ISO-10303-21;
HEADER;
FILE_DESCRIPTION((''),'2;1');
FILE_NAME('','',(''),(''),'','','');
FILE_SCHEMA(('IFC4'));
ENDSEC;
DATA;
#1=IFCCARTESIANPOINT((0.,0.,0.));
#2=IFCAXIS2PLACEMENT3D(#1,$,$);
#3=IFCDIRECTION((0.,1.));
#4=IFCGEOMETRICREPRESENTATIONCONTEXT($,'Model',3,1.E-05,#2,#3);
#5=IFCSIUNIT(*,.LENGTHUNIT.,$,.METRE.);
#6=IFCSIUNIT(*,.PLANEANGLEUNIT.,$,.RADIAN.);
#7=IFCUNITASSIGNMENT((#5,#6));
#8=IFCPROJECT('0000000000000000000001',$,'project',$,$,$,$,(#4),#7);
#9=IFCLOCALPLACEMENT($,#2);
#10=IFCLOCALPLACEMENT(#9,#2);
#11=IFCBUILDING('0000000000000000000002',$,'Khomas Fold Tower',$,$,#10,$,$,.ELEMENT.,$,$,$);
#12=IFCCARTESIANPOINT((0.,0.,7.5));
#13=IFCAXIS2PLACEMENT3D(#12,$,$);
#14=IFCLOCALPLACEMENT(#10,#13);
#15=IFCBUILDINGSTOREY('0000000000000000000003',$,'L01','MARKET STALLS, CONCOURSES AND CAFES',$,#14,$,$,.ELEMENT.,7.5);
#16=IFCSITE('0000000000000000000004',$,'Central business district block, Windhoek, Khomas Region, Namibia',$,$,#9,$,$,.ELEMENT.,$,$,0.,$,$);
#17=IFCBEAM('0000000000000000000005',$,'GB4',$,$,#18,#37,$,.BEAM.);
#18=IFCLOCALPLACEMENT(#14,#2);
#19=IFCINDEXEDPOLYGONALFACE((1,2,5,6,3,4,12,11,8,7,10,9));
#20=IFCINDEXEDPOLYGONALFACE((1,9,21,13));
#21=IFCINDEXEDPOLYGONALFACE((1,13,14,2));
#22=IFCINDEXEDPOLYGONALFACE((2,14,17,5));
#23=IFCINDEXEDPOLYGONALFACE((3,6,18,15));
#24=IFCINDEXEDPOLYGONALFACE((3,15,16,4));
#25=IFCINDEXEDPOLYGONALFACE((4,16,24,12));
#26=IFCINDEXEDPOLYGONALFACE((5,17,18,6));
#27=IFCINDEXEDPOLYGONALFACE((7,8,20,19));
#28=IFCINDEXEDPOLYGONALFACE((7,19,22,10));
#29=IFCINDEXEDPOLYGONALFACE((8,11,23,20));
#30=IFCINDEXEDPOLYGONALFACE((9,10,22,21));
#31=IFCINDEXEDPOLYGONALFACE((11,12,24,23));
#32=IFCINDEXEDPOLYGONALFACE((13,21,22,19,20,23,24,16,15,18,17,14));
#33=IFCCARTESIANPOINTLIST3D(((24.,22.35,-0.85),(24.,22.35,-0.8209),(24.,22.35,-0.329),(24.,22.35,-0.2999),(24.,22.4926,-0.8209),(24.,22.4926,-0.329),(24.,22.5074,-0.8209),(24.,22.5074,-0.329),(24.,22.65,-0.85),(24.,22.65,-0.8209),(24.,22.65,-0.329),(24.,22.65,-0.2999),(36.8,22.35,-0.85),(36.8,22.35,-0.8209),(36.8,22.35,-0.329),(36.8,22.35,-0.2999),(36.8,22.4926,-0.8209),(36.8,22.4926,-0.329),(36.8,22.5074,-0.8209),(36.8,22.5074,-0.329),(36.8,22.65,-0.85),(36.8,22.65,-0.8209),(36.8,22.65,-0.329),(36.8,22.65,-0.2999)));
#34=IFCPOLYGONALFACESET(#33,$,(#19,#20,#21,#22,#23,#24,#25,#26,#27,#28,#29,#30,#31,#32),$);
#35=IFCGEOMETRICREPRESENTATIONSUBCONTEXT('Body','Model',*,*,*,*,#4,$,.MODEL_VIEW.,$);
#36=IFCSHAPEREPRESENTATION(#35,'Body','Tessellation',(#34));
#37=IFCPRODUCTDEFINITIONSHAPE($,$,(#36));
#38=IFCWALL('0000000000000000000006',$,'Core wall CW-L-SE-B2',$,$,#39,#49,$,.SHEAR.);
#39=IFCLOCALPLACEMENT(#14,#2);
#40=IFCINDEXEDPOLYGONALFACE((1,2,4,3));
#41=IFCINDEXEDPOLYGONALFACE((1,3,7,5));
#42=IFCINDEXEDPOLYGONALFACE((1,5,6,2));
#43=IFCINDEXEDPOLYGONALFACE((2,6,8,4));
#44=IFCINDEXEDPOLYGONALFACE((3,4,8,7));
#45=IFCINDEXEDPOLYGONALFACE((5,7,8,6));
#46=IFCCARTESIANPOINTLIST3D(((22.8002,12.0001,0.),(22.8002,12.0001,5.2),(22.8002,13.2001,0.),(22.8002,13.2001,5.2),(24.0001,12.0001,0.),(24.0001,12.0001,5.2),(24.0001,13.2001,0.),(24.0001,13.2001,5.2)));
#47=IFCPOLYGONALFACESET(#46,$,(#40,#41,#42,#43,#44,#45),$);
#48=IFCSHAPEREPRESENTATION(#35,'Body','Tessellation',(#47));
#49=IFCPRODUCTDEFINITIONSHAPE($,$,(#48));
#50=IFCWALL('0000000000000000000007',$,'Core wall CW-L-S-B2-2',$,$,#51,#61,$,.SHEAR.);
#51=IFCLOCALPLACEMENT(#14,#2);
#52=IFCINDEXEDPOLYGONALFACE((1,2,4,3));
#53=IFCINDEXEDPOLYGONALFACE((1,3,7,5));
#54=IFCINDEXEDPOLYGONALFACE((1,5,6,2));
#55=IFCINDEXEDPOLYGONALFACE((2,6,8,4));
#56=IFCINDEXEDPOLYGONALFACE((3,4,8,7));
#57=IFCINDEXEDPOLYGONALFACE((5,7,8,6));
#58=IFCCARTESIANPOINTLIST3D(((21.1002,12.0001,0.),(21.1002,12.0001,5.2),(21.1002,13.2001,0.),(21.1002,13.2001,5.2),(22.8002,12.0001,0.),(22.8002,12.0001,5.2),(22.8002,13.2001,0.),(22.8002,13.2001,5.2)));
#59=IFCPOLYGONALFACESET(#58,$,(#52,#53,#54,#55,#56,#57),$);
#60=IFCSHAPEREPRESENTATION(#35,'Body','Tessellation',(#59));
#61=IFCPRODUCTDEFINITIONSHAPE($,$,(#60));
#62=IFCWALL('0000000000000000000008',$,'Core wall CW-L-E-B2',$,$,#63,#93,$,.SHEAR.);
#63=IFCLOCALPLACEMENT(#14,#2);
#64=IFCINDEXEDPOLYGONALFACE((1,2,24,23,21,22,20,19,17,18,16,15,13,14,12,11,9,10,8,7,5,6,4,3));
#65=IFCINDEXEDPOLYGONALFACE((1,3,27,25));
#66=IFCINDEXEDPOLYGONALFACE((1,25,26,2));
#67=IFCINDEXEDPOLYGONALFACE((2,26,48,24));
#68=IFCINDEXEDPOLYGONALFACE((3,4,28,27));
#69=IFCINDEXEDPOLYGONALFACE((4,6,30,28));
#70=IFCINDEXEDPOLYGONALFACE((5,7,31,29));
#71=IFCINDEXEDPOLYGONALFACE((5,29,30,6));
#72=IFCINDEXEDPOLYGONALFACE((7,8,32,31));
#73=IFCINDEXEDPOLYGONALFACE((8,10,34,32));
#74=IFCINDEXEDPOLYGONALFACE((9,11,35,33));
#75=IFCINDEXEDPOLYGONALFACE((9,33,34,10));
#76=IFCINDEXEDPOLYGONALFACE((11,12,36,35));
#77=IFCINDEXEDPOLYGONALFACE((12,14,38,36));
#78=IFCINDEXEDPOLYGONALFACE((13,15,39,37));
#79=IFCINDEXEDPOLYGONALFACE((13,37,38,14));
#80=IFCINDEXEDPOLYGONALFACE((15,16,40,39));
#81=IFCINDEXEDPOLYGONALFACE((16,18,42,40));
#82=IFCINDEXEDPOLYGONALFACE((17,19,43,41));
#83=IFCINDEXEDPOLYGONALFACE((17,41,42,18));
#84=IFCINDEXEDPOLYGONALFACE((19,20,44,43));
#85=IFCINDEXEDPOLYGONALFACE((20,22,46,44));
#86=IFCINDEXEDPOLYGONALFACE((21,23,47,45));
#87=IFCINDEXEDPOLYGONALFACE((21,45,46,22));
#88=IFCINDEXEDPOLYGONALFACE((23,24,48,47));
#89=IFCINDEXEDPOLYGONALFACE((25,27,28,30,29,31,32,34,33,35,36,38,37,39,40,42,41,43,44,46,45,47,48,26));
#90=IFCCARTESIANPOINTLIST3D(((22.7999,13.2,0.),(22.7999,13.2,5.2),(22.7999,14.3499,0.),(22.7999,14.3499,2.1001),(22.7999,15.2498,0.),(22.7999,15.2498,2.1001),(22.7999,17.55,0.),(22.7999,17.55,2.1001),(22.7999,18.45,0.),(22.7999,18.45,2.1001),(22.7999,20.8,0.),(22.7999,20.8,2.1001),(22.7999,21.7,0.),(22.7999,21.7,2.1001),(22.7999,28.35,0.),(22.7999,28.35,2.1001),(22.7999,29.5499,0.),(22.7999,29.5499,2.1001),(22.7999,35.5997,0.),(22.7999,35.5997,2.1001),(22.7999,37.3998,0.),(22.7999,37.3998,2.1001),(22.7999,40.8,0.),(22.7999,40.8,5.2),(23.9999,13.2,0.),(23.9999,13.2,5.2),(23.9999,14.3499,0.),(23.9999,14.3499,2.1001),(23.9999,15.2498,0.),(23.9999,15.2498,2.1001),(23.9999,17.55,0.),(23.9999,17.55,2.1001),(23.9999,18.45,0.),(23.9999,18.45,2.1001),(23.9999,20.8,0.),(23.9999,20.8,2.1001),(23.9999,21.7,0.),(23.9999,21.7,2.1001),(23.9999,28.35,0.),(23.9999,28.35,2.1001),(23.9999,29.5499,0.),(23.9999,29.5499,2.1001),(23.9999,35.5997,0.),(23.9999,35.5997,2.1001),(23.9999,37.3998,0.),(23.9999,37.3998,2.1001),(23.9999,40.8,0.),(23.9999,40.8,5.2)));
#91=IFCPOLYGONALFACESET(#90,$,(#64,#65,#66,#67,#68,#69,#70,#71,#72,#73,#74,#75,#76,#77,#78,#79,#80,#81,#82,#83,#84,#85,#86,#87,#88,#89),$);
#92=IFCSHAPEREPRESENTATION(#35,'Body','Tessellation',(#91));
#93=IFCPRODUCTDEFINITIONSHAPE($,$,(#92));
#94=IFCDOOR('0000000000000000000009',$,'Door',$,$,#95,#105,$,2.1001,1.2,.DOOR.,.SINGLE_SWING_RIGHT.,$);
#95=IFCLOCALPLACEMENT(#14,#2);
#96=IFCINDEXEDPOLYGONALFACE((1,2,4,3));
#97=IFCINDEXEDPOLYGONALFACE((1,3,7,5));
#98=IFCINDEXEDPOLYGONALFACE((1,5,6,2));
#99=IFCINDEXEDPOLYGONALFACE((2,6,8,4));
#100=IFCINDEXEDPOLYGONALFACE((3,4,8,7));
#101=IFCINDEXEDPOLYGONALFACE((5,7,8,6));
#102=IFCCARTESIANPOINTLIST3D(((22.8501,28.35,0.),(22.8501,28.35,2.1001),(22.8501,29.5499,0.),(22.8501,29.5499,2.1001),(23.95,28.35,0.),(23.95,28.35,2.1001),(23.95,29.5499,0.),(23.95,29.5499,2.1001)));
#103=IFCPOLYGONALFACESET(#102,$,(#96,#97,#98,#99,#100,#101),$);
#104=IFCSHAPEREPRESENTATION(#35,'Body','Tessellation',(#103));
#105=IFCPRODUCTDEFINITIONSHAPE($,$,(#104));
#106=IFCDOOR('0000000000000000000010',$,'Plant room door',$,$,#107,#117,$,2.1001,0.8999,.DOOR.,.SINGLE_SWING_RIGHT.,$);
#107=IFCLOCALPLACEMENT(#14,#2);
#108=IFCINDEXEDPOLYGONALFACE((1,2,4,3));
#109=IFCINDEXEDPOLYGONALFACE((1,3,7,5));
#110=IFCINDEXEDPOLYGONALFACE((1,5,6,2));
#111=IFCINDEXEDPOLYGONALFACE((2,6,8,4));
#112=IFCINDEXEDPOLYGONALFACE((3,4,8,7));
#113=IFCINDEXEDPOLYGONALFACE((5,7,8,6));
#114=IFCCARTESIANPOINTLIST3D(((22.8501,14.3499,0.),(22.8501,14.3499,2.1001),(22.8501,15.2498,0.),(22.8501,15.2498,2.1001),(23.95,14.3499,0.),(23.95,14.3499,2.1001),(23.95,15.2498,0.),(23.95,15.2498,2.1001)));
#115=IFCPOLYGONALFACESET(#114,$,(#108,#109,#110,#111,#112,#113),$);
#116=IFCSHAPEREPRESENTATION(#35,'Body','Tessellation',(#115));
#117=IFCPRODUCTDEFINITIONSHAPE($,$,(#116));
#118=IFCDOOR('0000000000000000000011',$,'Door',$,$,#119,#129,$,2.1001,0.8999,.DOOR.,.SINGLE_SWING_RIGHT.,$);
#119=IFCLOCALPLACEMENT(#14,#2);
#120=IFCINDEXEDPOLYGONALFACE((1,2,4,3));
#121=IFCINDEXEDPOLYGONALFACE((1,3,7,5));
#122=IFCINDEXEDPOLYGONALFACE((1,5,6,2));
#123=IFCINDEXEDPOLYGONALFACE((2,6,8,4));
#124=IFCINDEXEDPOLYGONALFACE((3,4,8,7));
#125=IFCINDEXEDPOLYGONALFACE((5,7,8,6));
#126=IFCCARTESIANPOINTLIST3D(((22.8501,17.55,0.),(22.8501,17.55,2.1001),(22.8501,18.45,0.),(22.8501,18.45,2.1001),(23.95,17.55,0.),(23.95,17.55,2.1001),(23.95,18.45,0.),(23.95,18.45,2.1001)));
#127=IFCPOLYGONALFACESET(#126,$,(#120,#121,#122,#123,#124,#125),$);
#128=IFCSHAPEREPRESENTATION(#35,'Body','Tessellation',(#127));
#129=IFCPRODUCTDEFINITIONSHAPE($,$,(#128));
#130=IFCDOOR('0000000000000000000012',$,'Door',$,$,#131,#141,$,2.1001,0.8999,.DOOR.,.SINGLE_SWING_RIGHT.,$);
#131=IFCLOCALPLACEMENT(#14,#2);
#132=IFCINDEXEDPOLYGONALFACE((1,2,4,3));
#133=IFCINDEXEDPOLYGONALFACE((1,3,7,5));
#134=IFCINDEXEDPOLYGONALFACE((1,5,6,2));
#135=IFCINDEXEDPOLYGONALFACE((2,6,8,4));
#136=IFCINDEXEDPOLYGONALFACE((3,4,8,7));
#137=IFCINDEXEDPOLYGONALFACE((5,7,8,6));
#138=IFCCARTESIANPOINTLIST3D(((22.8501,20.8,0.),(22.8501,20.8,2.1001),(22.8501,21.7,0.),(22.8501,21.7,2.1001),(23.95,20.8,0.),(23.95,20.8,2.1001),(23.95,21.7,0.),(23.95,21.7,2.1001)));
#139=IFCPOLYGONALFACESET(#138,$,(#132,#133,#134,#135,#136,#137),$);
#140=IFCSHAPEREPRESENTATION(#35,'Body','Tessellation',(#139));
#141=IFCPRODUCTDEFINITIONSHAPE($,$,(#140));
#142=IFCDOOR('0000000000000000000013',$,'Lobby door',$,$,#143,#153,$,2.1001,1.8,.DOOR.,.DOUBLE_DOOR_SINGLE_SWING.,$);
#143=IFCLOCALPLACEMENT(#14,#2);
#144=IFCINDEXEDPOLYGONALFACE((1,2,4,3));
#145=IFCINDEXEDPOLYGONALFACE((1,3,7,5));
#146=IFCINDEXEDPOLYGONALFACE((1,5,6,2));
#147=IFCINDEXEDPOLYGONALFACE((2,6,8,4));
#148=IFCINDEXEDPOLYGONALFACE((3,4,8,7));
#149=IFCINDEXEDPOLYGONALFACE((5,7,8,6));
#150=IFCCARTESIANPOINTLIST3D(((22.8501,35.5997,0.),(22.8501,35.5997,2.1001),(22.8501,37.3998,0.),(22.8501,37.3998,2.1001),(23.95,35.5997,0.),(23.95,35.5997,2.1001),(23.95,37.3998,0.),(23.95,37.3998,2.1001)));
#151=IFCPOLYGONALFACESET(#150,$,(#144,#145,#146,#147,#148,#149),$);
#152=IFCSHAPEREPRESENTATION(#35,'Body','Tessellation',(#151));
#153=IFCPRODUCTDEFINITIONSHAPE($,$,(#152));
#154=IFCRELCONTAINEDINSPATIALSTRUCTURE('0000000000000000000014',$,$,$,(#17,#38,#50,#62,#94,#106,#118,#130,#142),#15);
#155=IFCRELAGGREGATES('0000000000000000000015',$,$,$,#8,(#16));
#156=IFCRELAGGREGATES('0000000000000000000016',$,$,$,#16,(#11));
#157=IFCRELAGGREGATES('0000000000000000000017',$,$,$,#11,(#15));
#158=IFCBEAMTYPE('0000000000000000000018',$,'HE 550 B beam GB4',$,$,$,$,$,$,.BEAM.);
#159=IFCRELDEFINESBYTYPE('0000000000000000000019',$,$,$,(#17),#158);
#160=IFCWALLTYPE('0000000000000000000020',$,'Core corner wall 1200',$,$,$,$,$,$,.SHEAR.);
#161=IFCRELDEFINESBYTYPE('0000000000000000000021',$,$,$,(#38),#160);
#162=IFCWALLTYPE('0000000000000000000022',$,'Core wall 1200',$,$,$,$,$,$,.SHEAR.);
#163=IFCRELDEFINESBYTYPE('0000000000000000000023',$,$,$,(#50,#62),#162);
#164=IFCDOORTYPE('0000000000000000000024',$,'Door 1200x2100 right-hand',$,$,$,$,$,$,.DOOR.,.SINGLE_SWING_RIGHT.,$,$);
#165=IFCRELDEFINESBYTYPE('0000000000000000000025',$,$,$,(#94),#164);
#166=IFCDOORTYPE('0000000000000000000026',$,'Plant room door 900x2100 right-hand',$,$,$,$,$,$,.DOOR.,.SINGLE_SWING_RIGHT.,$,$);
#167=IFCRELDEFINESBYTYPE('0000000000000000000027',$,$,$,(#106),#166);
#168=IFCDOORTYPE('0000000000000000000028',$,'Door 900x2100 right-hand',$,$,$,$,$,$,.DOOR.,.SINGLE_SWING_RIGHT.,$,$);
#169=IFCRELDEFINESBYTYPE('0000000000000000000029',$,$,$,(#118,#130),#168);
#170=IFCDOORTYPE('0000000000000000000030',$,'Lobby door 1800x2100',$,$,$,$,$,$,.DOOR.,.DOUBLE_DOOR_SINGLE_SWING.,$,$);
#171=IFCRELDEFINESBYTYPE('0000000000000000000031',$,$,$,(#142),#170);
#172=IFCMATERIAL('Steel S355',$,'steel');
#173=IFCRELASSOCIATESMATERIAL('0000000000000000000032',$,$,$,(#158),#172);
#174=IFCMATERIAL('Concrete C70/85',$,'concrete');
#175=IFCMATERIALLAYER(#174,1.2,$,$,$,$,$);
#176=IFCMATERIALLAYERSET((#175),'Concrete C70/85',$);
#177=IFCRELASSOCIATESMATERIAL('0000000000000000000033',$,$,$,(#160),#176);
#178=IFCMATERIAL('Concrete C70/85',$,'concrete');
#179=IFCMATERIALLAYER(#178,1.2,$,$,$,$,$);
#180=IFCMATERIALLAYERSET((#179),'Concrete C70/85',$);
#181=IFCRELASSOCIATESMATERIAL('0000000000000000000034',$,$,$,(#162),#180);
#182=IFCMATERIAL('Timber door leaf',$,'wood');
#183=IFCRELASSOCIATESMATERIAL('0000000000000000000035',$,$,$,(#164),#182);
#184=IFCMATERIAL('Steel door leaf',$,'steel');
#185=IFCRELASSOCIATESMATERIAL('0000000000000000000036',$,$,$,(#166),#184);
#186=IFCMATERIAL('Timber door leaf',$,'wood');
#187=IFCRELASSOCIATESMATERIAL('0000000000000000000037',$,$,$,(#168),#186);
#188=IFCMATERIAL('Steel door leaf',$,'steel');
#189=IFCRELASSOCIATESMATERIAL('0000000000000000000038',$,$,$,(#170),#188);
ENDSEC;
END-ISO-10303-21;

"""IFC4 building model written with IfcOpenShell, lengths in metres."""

from ifc_helpers import new_model, si_unit, direction, frame, frame_2d, origin, origin_2d, place, context, subcontext, project, spatial, rectangle, i_section, extrude, source, transform, mapped, material, layer, layer_set, material_profile, profile_set, type_object, element, fill, save


model = new_model("IFC4")

# Units and contexts
model_context = context("Model", 3, precision=1e-05, world=origin(), true_north=direction((0.0, 1.0)))
body_context = subcontext(model_context, "Body", "Model", "MODEL_VIEW")
ifc_project = project(units=[si_unit("LENGTHUNIT", "METRE"), si_unit("PLANEANGLEUNIT", "RADIAN")], contexts=[model_context])

# Site, building, storey
site_placement = place(None, origin())
site = spatial("IfcSite", under=ifc_project, at=site_placement, Name="Central business district block, Windhoek, Khomas Region, Namibia", CompositionType="ELEMENT", RefElevation=0.0)
building_placement = place(site_placement, origin())
building = spatial("IfcBuilding", under=site, at=building_placement, Name="Khomas Fold Tower", CompositionType="ELEMENT")
storey_placement = place(building_placement, frame((0.0, 0.0, 7.5)))
storey = spatial("IfcBuildingStorey", under=building, at=storey_placement, Name="L01", Description="MARKET STALLS, CONCOURSES AND CAFES", CompositionType="ELEMENT", Elevation=7.5)

# Beam
ifc_material_1 = material(Name="Steel S355", Category="steel")
ifc_material_profile = material_profile(ifc_material_1, i_section(OverallWidth=0.3, OverallDepth=0.55, WebThickness=0.0149, FlangeThickness=0.0291, at=origin_2d()), Name="HE 550 B")
ifc_profile_set = profile_set([ifc_material_profile], Name="Steel S355")
beam_type = type_object("IfcBeamType", Name="HE 550 B beam GB4", PredefinedType="BEAM", material=ifc_profile_set)
shared_shape_1 = source(origin(), body_context, "Body", "SweptSolid", [
    extrude(i_section(OverallWidth=0.3, OverallDepth=0.55, WebThickness=0.0149, FlangeThickness=0.0291, at=origin_2d()), origin(), (0.0, 0.0, 1.0), 12.8),
])
beam_placement = place(storey_placement, frame((24.0, 22.5, -0.575), z_axis=(1.0, 0.0, 0.0), x_axis=(0.0, 1.0, 0.0)))
element("IfcBeam", 1, at=beam_placement, inside=storey, type_object=beam_type, Name="GB4", PredefinedType="BEAM", context=body_context, shape_type="MappedRepresentation", body=[
    mapped(shared_shape_1, transform((0.0, 0.0, 0.0))),
])

# Walls
ifc_material_2 = material(Name="Concrete C70/85", Category="concrete")
ifc_layer_1 = layer(ifc_material_2, 1.2)
ifc_layer_set_1 = layer_set([ifc_layer_1], Name="Concrete C70/85")
wall_type_1 = type_object("IfcWallType", Name="Core corner wall 1200", PredefinedType="SHEAR", material=ifc_layer_set_1)
shared_shape_2 = source(origin(), body_context, "Body", "SweptSolid", [
    extrude(rectangle(XDim=1.2, YDim=1.2, at=frame_2d((0.6001, 0.0))), origin(), (0.0, 0.0, 1.0), 5.2),
])
wall_1_placement = place(storey_placement, frame((22.8, 12.6001, 0.0), z_axis=(0.0, 0.0, 1.0), x_axis=(1.0, 0.0, 0.0)))
element("IfcWall", 2, at=wall_1_placement, inside=storey, type_object=wall_type_1, Name="Core wall CW-L-SE-B2", PredefinedType="SHEAR", context=body_context, shape_type="MappedRepresentation", body=[
    mapped(shared_shape_2, transform((0.0, 0.0, 0.0))),
])
ifc_material_3 = material(Name="Concrete C70/85", Category="concrete")
ifc_layer_2 = layer(ifc_material_3, 1.2)
ifc_layer_set_2 = layer_set([ifc_layer_2], Name="Concrete C70/85")
wall_type_2 = type_object("IfcWallType", Name="Core wall 1200", PredefinedType="SHEAR", material=ifc_layer_set_2)
shared_shape_3 = source(origin(), body_context, "Body", "SweptSolid", [
    extrude(rectangle(XDim=1.7, YDim=1.2, at=frame_2d((0.8501, 0.0))), origin(), (0.0, 0.0, 1.0), 5.2),
])
wall_2_placement = place(storey_placement, frame((21.1001, 12.6001, 0.0), z_axis=(0.0, 0.0, 1.0), x_axis=(1.0, 0.0, 0.0)))
element("IfcWall", 3, at=wall_2_placement, inside=storey, type_object=wall_type_2, Name="Core wall CW-L-S-B2-2", PredefinedType="SHEAR", context=body_context, shape_type="MappedRepresentation", body=[
    mapped(shared_shape_3, transform((0.0, 0.0, 0.0))),
])

# Wall, openings, doors
shared_shape_4 = source(origin(), body_context, "Body", "SweptSolid", [
    extrude(rectangle(XDim=27.6001, YDim=1.2, at=frame_2d((13.8, 0.0))), origin(), (0.0, 0.0, 1.0), 5.2),
])
wall_3_placement = place(storey_placement, frame((23.3999, 13.2, 0.0), z_axis=(0.0, 0.0, 1.0), x_axis=(0.0, 1.0, 0.0)))
wall_3 = element("IfcWall", 4, at=wall_3_placement, inside=storey, type_object=wall_type_2, Name="Core wall CW-L-E-B2", PredefinedType="SHEAR", context=body_context, shape_type="MappedRepresentation", body=[
    mapped(shared_shape_4, transform((0.0, 0.0, 0.0))),
])
shared_shape_5 = source(origin(), body_context, "Body", "SweptSolid", [
    extrude(rectangle(XDim=1.8, YDim=2.1001, at=frame_2d((0.8999, 1.05))), frame((0.0, 0.6099, 0.0), z_axis=(0.0, -1.0, 0.0), x_axis=(1.0, 0.0, 0.0)), (0.0, 0.0, 1.0), 1.22),
])
opening_1_placement = place(wall_3_placement, frame((22.3999, 0.0, 0.0)))
opening_1 = element("IfcOpeningElement", 5, at=opening_1_placement, cuts=wall_3, PredefinedType="OPENING", context=body_context, shape_type="MappedRepresentation", body=[
    mapped(shared_shape_5, transform((0.0, 0.0, 0.0))),
])
shared_shape_6 = source(origin(), body_context, "Body", "SweptSolid", [
    extrude(rectangle(XDim=1.2, YDim=2.1001, at=frame_2d((0.6001, 1.05))), frame((0.0, 0.6099, 0.0), z_axis=(0.0, -1.0, 0.0), x_axis=(1.0, 0.0, 0.0)), (0.0, 0.0, 1.0), 1.22),
])
opening_2_placement = place(wall_3_placement, frame((15.1499, 0.0, 0.0)))
opening_2 = element("IfcOpeningElement", 6, at=opening_2_placement, cuts=wall_3, PredefinedType="OPENING", context=body_context, shape_type="MappedRepresentation", body=[
    mapped(shared_shape_6, transform((0.0, 0.0, 0.0))),
])
shared_shape_7 = source(origin(), body_context, "Body", "SweptSolid", [
    extrude(rectangle(XDim=0.8999, YDim=2.1001, at=frame_2d((0.45, 1.05))), frame((0.0, 0.6099, 0.0), z_axis=(0.0, -1.0, 0.0), x_axis=(1.0, 0.0, 0.0)), (0.0, 0.0, 1.0), 1.22),
])
opening_3_placement = place(wall_3_placement, frame((1.1499, 0.0, 0.0)))
opening_3 = element("IfcOpeningElement", 7, at=opening_3_placement, cuts=wall_3, PredefinedType="OPENING", context=body_context, shape_type="MappedRepresentation", body=[
    mapped(shared_shape_7, transform((0.0, 0.0, 0.0))),
])
opening_4_placement = place(wall_3_placement, frame((4.3501, 0.0, 0.0)))
opening_4 = element("IfcOpeningElement", 8, at=opening_4_placement, cuts=wall_3, PredefinedType="OPENING", context=body_context, shape_type="MappedRepresentation", body=[
    mapped(shared_shape_7, transform((0.0, 0.0, 0.0))),
])
opening_5_placement = place(wall_3_placement, frame((7.6001, 0.0, 0.0)))
opening_5 = element("IfcOpeningElement", 9, at=opening_5_placement, cuts=wall_3, PredefinedType="OPENING", context=body_context, shape_type="MappedRepresentation", body=[
    mapped(shared_shape_7, transform((0.0, 0.0, 0.0))),
])
ifc_material_4 = material(Name="Timber door leaf", Category="wood")
door_type_1 = type_object("IfcDoorType", Name="Door 1200x2100 right-hand", OperationType="SINGLE_SWING_RIGHT", PredefinedType="DOOR", material=ifc_material_4)
shared_shape_8 = source(origin(), body_context, "Body", "SweptSolid", [
    extrude(rectangle(XDim=1.2, YDim=2.1001, at=frame_2d((0.6001, 1.05))), frame((0.0, 0.5498, 0.0), z_axis=(0.0, -1.0, 0.0), x_axis=(1.0, 0.0, 0.0)), (0.0, 0.0, 1.0), 1.0999),
])
door_1_placement = place(opening_2_placement, origin())
door_1 = element("IfcDoor", 10, at=door_1_placement, inside=storey, type_object=door_type_1, Name="Door", OperationType="SINGLE_SWING_RIGHT", OverallHeight=2.1001, OverallWidth=1.2, PredefinedType="DOOR", context=body_context, shape_type="MappedRepresentation", body=[
    mapped(shared_shape_8, transform((0.0, 0.0, 0.0))),
])
fill(opening_2, door_1)
ifc_material_5 = material(Name="Steel door leaf", Category="steel")
door_type_2 = type_object("IfcDoorType", Name="Plant room door 900x2100 right-hand", OperationType="SINGLE_SWING_RIGHT", PredefinedType="DOOR", material=ifc_material_5)
shared_shape_9 = source(origin(), body_context, "Body", "SweptSolid", [
    extrude(rectangle(XDim=0.8999, YDim=2.1001, at=frame_2d((0.45, 1.05))), frame((0.0, 0.5498, 0.0), z_axis=(0.0, -1.0, 0.0), x_axis=(1.0, 0.0, 0.0)), (0.0, 0.0, 1.0), 1.0999),
])
door_2_placement = place(opening_3_placement, origin())
door_2 = element("IfcDoor", 11, at=door_2_placement, inside=storey, type_object=door_type_2, Name="Plant room door", OperationType="SINGLE_SWING_RIGHT", OverallHeight=2.1001, OverallWidth=0.8999, PredefinedType="DOOR", context=body_context, shape_type="MappedRepresentation", body=[
    mapped(shared_shape_9, transform((0.0, 0.0, 0.0))),
])
fill(opening_3, door_2)
ifc_material_6 = material(Name="Timber door leaf", Category="wood")
door_type_3 = type_object("IfcDoorType", Name="Door 900x2100 right-hand", OperationType="SINGLE_SWING_RIGHT", PredefinedType="DOOR", material=ifc_material_6)
door_3_placement = place(opening_4_placement, origin())
door_3 = element("IfcDoor", 12, at=door_3_placement, inside=storey, type_object=door_type_3, Name="Door", OperationType="SINGLE_SWING_RIGHT", OverallHeight=2.1001, OverallWidth=0.8999, PredefinedType="DOOR", context=body_context, shape_type="MappedRepresentation", body=[
    mapped(shared_shape_9, transform((0.0, 0.0, 0.0))),
])
fill(opening_4, door_3)
door_4_placement = place(opening_5_placement, origin())
door_4 = element("IfcDoor", 13, at=door_4_placement, inside=storey, type_object=door_type_3, Name="Door", OperationType="SINGLE_SWING_RIGHT", OverallHeight=2.1001, OverallWidth=0.8999, PredefinedType="DOOR", context=body_context, shape_type="MappedRepresentation", body=[
    mapped(shared_shape_9, transform((0.0, 0.0, 0.0))),
])
fill(opening_5, door_4)
ifc_material_7 = material(Name="Steel door leaf", Category="steel")
door_type_4 = type_object("IfcDoorType", Name="Lobby door 1800x2100", OperationType="DOUBLE_DOOR_SINGLE_SWING", PredefinedType="DOOR", material=ifc_material_7)
shared_shape_10 = source(origin(), body_context, "Body", "SweptSolid", [
    extrude(rectangle(XDim=1.8, YDim=2.1001, at=frame_2d((0.8999, 1.05))), frame((0.0, 0.5498, 0.0), z_axis=(0.0, -1.0, 0.0), x_axis=(1.0, 0.0, 0.0)), (0.0, 0.0, 1.0), 1.0999),
])
door_5_placement = place(opening_1_placement, origin())
door_5 = element("IfcDoor", 14, at=door_5_placement, inside=storey, type_object=door_type_4, Name="Lobby door", OperationType="DOUBLE_DOOR_SINGLE_SWING", OverallHeight=2.1001, OverallWidth=1.8, PredefinedType="DOOR", context=body_context, shape_type="MappedRepresentation", body=[
    mapped(shared_shape_10, transform((0.0, 0.0, 0.0))),
])
fill(opening_1, door_5)

save(model, "model.ifc")
